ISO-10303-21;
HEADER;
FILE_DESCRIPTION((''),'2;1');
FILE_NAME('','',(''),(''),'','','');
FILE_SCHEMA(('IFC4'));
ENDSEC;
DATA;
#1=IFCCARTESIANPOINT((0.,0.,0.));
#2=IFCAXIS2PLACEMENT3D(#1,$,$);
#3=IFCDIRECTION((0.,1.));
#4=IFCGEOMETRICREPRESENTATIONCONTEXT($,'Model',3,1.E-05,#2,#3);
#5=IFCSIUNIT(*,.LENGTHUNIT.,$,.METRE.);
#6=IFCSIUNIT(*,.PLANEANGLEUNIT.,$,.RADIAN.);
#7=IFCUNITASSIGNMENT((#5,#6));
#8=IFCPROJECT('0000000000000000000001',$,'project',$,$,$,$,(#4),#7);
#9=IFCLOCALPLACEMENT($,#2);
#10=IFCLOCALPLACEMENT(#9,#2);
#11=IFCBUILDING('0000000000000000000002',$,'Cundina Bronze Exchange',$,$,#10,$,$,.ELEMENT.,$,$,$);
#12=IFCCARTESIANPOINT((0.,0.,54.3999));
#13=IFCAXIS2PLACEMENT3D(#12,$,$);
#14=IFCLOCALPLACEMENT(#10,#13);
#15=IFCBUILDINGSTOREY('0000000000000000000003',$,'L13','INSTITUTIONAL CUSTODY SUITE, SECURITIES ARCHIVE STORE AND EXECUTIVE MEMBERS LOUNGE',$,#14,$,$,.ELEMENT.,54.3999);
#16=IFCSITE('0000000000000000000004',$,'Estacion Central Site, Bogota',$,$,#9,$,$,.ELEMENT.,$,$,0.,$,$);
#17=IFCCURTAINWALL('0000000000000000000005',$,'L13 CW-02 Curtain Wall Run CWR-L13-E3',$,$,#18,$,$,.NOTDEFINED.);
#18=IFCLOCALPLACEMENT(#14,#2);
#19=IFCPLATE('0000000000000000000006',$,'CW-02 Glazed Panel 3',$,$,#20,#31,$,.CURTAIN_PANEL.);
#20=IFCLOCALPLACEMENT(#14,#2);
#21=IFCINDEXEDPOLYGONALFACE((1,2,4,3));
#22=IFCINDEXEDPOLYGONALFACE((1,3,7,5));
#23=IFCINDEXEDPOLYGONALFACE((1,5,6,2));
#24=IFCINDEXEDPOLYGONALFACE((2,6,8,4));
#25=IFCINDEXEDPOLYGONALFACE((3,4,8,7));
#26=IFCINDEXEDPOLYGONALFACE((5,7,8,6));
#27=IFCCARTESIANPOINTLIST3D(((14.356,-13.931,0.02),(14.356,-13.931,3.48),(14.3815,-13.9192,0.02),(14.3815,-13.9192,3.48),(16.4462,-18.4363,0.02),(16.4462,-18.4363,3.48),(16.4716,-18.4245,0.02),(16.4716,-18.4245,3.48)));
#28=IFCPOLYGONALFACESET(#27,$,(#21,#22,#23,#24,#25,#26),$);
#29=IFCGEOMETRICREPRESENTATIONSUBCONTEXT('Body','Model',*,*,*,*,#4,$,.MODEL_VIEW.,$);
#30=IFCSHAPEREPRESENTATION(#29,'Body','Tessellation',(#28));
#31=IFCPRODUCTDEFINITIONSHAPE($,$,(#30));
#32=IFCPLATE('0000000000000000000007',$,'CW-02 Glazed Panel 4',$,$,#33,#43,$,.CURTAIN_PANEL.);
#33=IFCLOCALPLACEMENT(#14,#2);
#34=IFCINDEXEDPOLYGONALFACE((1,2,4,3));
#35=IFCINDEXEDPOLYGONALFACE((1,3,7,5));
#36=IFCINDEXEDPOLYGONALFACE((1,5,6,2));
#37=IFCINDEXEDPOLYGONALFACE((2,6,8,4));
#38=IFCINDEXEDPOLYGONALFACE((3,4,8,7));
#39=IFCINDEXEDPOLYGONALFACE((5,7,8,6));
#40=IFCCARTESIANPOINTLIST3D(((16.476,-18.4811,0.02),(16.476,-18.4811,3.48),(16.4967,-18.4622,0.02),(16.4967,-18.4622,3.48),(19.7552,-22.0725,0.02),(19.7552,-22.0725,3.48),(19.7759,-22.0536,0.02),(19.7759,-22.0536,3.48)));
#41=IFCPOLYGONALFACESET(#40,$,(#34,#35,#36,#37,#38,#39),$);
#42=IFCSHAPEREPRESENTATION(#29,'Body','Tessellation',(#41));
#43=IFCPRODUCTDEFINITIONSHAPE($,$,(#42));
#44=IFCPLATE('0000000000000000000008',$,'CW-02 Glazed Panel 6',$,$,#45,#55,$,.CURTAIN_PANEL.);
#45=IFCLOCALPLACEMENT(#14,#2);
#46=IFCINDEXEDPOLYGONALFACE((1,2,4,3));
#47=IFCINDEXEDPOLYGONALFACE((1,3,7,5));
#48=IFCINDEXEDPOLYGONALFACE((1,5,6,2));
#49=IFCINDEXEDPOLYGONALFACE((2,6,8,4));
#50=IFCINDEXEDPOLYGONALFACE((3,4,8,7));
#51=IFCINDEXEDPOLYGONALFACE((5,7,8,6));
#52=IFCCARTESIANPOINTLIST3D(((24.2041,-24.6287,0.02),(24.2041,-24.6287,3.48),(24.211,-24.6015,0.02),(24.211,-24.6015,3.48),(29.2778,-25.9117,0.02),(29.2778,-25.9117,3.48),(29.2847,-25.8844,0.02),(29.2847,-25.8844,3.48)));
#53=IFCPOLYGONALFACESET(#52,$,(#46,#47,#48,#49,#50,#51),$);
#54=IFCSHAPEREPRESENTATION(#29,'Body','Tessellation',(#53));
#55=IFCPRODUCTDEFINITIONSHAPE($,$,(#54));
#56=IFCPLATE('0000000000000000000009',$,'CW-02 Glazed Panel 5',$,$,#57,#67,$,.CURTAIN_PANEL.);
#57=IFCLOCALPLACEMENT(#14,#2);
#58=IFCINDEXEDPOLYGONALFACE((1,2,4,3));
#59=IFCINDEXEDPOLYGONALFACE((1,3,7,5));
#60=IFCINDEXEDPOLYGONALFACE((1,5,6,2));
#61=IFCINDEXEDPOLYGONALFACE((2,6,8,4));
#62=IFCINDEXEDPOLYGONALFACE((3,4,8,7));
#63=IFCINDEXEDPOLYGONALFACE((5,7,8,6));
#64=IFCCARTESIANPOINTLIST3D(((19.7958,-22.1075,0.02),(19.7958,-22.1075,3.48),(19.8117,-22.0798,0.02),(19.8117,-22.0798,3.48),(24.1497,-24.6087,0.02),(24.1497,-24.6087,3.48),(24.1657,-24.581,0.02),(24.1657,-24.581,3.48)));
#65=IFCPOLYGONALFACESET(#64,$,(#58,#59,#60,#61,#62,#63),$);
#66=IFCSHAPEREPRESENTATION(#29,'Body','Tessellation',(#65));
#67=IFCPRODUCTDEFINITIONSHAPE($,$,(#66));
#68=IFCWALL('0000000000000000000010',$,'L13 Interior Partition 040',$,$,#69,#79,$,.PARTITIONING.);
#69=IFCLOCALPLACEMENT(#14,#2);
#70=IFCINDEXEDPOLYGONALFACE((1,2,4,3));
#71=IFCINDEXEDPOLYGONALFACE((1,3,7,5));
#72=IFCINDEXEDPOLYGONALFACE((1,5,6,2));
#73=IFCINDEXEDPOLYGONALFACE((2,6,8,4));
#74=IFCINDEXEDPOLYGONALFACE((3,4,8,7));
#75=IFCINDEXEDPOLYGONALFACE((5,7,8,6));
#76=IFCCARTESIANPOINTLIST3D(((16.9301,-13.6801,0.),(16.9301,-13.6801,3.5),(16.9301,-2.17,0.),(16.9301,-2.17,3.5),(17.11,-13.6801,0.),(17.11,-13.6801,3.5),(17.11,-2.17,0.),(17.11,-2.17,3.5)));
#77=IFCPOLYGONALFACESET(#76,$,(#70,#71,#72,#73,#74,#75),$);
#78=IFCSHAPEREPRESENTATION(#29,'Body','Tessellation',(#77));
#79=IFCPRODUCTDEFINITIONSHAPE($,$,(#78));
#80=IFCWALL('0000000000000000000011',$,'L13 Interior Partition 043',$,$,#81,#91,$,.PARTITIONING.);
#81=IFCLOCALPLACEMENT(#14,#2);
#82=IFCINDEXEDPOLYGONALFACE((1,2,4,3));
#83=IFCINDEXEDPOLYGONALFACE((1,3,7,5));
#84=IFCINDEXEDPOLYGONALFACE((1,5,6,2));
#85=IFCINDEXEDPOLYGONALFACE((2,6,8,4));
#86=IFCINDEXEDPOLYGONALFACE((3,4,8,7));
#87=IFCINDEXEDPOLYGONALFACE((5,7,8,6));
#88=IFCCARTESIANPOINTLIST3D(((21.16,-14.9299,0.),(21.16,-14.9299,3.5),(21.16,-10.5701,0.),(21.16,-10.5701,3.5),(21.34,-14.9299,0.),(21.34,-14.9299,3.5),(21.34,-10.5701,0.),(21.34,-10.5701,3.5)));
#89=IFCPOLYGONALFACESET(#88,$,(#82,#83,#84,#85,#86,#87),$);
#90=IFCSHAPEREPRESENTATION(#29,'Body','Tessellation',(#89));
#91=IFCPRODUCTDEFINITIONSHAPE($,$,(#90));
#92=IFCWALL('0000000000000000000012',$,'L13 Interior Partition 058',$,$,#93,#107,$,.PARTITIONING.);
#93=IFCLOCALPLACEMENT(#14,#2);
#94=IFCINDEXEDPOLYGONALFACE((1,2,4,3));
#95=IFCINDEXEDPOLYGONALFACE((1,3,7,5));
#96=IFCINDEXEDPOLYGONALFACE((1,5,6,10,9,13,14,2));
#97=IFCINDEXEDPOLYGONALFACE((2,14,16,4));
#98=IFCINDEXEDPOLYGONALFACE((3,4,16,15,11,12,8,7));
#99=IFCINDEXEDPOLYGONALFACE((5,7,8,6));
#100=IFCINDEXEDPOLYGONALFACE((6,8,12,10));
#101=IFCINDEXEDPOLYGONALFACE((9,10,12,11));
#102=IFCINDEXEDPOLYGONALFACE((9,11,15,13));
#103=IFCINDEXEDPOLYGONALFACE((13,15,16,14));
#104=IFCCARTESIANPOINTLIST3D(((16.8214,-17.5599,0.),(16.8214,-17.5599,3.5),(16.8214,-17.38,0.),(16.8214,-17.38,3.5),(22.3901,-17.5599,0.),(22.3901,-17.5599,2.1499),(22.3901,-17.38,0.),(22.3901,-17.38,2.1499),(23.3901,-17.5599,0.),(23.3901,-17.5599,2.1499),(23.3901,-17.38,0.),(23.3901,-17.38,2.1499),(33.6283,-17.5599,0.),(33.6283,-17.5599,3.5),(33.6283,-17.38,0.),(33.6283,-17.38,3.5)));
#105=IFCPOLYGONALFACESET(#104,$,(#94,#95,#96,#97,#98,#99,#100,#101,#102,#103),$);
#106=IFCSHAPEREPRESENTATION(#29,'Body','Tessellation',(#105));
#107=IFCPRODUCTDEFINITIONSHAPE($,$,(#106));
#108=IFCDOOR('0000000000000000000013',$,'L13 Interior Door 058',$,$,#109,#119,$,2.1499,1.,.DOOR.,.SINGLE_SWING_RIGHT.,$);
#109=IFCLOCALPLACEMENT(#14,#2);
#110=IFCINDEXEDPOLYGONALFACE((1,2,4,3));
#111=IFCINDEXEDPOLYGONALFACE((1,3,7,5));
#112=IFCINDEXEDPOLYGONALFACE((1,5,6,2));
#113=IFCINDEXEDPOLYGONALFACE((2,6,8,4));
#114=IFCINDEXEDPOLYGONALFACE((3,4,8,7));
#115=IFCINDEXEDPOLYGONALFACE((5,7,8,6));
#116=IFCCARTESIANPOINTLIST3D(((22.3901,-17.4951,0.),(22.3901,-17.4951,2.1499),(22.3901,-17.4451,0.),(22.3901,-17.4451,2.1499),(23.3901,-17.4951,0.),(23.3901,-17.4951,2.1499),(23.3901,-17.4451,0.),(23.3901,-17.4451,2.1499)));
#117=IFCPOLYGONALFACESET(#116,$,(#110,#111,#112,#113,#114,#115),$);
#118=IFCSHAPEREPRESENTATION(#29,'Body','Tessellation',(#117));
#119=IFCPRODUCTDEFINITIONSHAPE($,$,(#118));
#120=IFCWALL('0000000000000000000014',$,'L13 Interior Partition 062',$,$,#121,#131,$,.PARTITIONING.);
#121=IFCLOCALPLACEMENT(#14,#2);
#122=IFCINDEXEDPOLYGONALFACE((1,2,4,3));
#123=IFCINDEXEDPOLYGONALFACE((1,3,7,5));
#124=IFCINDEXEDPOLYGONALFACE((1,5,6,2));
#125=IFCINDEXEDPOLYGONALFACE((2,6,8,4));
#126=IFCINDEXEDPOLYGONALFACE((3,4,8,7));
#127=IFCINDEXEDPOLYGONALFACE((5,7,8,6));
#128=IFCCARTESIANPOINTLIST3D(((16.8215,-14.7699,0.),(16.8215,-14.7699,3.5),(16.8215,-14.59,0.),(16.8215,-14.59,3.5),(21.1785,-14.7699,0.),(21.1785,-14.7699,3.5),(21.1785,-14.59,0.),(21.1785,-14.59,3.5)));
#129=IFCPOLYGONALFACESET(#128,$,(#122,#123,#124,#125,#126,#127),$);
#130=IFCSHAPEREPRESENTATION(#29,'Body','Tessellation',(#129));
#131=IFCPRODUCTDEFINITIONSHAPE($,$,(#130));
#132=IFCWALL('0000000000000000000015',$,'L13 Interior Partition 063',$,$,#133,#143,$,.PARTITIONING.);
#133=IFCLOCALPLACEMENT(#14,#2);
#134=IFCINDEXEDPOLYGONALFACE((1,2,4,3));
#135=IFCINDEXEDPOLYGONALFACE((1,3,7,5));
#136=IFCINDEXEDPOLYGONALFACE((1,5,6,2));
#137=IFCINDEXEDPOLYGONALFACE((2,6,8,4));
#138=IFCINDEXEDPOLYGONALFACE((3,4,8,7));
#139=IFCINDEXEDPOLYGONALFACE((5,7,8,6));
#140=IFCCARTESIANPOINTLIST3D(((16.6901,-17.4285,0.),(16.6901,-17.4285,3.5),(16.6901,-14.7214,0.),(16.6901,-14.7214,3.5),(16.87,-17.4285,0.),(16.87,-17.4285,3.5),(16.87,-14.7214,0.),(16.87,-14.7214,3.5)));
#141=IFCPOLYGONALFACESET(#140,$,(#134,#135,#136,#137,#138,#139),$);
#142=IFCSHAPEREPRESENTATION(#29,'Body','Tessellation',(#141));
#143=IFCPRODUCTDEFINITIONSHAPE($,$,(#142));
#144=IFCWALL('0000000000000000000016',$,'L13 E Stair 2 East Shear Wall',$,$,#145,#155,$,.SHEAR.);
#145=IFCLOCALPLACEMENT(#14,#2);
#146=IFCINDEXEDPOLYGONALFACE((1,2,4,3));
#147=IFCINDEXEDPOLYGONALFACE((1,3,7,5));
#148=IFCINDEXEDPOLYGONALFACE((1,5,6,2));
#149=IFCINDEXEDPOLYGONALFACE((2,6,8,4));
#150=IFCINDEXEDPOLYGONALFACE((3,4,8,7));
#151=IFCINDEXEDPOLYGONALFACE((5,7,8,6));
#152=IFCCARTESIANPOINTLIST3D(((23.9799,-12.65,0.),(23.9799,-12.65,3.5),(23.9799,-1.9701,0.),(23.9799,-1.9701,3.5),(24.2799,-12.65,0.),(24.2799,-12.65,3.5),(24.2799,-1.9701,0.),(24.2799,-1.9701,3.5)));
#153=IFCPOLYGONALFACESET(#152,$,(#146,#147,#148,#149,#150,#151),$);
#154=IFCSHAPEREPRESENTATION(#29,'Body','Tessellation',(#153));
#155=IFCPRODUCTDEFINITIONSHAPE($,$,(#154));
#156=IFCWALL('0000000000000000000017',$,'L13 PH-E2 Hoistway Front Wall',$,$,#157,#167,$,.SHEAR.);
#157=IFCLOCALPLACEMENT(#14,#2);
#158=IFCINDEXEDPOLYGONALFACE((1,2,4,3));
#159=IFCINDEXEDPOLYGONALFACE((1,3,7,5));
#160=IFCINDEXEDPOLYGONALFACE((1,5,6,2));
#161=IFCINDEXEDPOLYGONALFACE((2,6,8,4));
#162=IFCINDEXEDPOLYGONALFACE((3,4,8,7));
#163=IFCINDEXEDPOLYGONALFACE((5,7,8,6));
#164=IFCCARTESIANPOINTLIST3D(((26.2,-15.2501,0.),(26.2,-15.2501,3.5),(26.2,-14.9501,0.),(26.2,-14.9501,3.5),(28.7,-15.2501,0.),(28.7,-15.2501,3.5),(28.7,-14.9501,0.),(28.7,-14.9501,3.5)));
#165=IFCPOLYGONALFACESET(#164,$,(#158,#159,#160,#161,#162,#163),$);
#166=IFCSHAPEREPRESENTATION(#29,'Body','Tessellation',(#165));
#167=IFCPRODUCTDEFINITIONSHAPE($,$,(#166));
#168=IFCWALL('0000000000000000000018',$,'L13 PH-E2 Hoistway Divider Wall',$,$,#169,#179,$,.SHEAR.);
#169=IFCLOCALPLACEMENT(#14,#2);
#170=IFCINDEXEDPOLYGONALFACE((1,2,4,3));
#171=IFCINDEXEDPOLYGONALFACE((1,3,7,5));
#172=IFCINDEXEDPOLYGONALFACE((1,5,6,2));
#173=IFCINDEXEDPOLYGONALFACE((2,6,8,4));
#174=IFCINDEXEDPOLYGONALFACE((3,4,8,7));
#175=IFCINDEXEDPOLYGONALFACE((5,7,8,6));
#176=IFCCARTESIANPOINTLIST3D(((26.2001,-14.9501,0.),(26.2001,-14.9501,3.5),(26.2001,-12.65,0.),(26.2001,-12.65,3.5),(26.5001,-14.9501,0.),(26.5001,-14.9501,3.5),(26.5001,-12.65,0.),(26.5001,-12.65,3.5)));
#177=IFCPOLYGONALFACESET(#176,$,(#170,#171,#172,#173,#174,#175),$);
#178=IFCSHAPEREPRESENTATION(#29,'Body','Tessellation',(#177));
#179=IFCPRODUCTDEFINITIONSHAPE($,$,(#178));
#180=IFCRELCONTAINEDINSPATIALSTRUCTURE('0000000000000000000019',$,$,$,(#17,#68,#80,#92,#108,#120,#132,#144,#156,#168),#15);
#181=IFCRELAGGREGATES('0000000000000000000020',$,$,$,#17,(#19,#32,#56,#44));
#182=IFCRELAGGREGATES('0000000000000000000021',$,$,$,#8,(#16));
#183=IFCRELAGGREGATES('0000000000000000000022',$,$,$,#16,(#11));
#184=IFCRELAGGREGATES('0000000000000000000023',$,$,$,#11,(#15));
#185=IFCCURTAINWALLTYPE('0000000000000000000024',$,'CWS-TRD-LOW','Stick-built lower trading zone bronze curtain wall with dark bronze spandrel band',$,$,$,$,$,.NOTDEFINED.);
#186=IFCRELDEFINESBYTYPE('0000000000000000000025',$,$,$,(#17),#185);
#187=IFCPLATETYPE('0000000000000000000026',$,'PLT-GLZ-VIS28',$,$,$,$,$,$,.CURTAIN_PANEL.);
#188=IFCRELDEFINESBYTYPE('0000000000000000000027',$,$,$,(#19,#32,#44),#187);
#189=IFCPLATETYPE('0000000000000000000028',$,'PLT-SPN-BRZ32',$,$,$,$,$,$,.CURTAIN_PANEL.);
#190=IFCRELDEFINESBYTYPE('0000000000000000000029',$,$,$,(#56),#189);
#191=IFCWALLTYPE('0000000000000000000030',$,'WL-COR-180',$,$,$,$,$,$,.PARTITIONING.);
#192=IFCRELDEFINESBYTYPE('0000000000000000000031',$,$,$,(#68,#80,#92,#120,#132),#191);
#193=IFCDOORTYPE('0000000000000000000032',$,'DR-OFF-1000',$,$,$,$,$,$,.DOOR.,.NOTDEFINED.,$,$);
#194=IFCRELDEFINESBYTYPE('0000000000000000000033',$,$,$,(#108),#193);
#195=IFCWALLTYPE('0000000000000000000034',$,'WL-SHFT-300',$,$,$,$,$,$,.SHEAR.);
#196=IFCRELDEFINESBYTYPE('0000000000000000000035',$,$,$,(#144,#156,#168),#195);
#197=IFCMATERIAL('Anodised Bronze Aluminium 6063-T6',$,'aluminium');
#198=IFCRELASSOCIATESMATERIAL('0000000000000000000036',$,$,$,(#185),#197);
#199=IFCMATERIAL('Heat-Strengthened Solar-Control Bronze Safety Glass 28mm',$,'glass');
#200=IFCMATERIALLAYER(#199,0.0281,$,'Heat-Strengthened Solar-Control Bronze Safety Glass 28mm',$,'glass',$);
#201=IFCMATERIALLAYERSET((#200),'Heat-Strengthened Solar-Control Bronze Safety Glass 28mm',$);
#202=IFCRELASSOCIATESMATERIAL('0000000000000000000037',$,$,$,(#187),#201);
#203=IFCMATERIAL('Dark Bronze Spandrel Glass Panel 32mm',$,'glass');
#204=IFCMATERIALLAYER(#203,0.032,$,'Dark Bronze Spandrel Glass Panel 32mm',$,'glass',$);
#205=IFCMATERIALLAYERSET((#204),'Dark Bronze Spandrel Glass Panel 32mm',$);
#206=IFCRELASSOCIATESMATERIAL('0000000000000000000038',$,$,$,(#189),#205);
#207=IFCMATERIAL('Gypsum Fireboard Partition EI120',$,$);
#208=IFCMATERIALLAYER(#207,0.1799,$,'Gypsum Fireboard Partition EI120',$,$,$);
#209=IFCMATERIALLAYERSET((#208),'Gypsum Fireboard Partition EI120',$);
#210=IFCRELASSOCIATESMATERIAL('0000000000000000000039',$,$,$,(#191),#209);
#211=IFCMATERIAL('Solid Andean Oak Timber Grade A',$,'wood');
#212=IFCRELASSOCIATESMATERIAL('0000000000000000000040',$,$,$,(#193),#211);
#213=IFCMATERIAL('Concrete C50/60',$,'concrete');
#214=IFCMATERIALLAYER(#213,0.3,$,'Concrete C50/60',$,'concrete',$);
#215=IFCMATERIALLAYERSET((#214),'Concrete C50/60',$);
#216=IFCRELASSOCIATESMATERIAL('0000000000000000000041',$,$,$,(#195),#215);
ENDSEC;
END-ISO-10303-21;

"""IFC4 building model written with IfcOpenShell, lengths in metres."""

from ifc_helpers import new_model, si_unit, direction, frame, frame_2d, origin, origin_2d, place, context, subcontext, project, spatial, rectangle, extrude, material, layer, layer_set, type_object, element, fill, aggregate, save


model = new_model("IFC4")

# Units and contexts
model_context = context("Model", 3, precision=1e-05, world=origin(), true_north=direction((0.0, 1.0)))
body_context = subcontext(model_context, "Body", "Model", "MODEL_VIEW")
ifc_project = project(units=[si_unit("LENGTHUNIT", "METRE"), si_unit("PLANEANGLEUNIT", "RADIAN")], contexts=[model_context])

# Site, building, storey
site_placement = place(None, origin())
site = spatial("IfcSite", under=ifc_project, at=site_placement, Name="Estacion Central Site, Bogota", CompositionType="ELEMENT", RefElevation=0.0)
building_placement = place(site_placement, origin())
building = spatial("IfcBuilding", under=site, at=building_placement, Name="Cundina Bronze Exchange", CompositionType="ELEMENT")
storey_placement = place(building_placement, frame((0.0, 0.0, 54.3999)))
storey = spatial("IfcBuildingStorey", under=building, at=storey_placement, Name="L13", Description="INSTITUTIONAL CUSTODY SUITE, SECURITIES ARCHIVE STORE AND EXECUTIVE MEMBERS LOUNGE", CompositionType="ELEMENT", Elevation=54.3999)

# Curtain wall, plates
ifc_material_1 = material(Name="Anodised Bronze Aluminium 6063-T6", Category="aluminium")
curtain_wall_type = type_object("IfcCurtainWallType", Name="CWS-TRD-LOW", Description="Stick-built lower trading zone bronze curtain wall with dark bronze spandrel band", PredefinedType="NOTDEFINED", material=ifc_material_1)
curtain_wall_placement = place(storey_placement, origin())
curtain_wall = element("IfcCurtainWall", 1, at=curtain_wall_placement, inside=storey, type_object=curtain_wall_type, Name="L13 CW-02 Curtain Wall Run CWR-L13-E3", PredefinedType="NOTDEFINED")
ifc_material_2 = material(Name="Heat-Strengthened Solar-Control Bronze Safety Glass 28mm", Category="glass")
ifc_layer_1 = layer(ifc_material_2, 0.0281, Name="Heat-Strengthened Solar-Control Bronze Safety Glass 28mm", Category="glass")
ifc_layer_set_1 = layer_set([ifc_layer_1], Name="Heat-Strengthened Solar-Control Bronze Safety Glass 28mm")
plate_type_1 = type_object("IfcPlateType", Name="PLT-GLZ-VIS28", PredefinedType="CURTAIN_PANEL", material=ifc_layer_set_1)
plate_1_placement = place(storey_placement, frame((15.4138, -16.1777, 0.02), z_axis=(0.0, 0.0, 1.0), x_axis=(0.420846, -0.907132, 0.0)))
plate_1 = element("IfcPlate", 2, at=plate_1_placement, type_object=plate_type_1, Name="CW-02 Glazed Panel 3", PredefinedType="CURTAIN_PANEL", context=body_context, shape_type="SweptSolid", body=[
    extrude(rectangle(XDim=4.9666, YDim=0.0281, at=origin_2d()), origin(), (0.0, 0.0, 1.0), 3.46),
])
plate_2_placement = place(storey_placement, frame((18.126, -20.2673, 0.02), z_axis=(0.0, 0.0, 1.0), x_axis=(0.674277, -0.738479, 0.0)))
plate_2 = element("IfcPlate", 3, at=plate_2_placement, type_object=plate_type_1, Name="CW-02 Glazed Panel 4", PredefinedType="CURTAIN_PANEL", context=body_context, shape_type="SweptSolid", body=[
    extrude(rectangle(XDim=4.8633, YDim=0.0281, at=origin_2d()), origin(), (0.0, 0.0, 1.0), 3.46),
])
plate_3_placement = place(storey_placement, frame((26.7444, -25.2566, 0.02), z_axis=(0.0, 0.0, 1.0), x_axis=(0.969488, -0.245138, 0.0)))
plate_3 = element("IfcPlate", 4, at=plate_3_placement, type_object=plate_type_1, Name="CW-02 Glazed Panel 6", PredefinedType="CURTAIN_PANEL", context=body_context, shape_type="SweptSolid", body=[
    extrude(rectangle(XDim=5.2334, YDim=0.0281, at=origin_2d()), origin(), (0.0, 0.0, 1.0), 3.46),
])
ifc_material_3 = material(Name="Dark Bronze Spandrel Glass Panel 32mm", Category="glass")
ifc_layer_2 = layer(ifc_material_3, 0.032, Name="Dark Bronze Spandrel Glass Panel 32mm", Category="glass")
ifc_layer_set_2 = layer_set([ifc_layer_2], Name="Dark Bronze Spandrel Glass Panel 32mm")
plate_type_2 = type_object("IfcPlateType", Name="PLT-SPN-BRZ32", PredefinedType="CURTAIN_PANEL", material=ifc_layer_set_2)
plate_4_placement = place(storey_placement, frame((21.9807, -23.3442, 0.02), z_axis=(0.0, 0.0, 1.0), x_axis=(0.867105, -0.498125, 0.0)))
plate_4 = element("IfcPlate", 5, at=plate_4_placement, type_object=plate_type_2, Name="CW-02 Glazed Panel 5", PredefinedType="CURTAIN_PANEL", context=body_context, shape_type="SweptSolid", body=[
    extrude(rectangle(XDim=5.0212, YDim=0.032, at=origin_2d()), origin(), (0.0, 0.0, 1.0), 3.46),
])
aggregate(curtain_wall, [plate_1, plate_2, plate_4, plate_3])

# Walls
ifc_material_4 = material(Name="Gypsum Fireboard Partition EI120")
ifc_layer_3 = layer(ifc_material_4, 0.1799, Name="Gypsum Fireboard Partition EI120")
ifc_layer_set_3 = layer_set([ifc_layer_3], Name="Gypsum Fireboard Partition EI120")
wall_type_1 = type_object("IfcWallType", Name="WL-COR-180", PredefinedType="PARTITIONING", material=ifc_layer_set_3)
wall_1_placement = place(storey_placement, frame((17.02, -13.6799, 0.0), z_axis=(0.0, 0.0, 1.0), x_axis=(0.0, 1.0, 0.0)))
element("IfcWall", 6, at=wall_1_placement, inside=storey, type_object=wall_type_1, Name="L13 Interior Partition 040", PredefinedType="PARTITIONING", context=body_context, shape_type="SweptSolid", body=[
    extrude(rectangle(XDim=11.51, YDim=0.1799, at=frame_2d((5.7549, 0.0))), origin(), (0.0, 0.0, 1.0), 3.5),
])
wall_2_placement = place(storey_placement, frame((21.25, -14.9299, 0.0), z_axis=(0.0, 0.0, 1.0), x_axis=(0.0, 1.0, 0.0)))
element("IfcWall", 7, at=wall_2_placement, inside=storey, type_object=wall_type_1, Name="L13 Interior Partition 043", PredefinedType="PARTITIONING", context=body_context, shape_type="SweptSolid", body=[
    extrude(rectangle(XDim=4.3599, YDim=0.1799, at=frame_2d((2.1799, 0.0))), origin(), (0.0, 0.0, 1.0), 3.5),
])

# Wall, opening, door
wall_3_placement = place(storey_placement, frame((16.8215, -17.47, 0.0), z_axis=(0.0, 0.0, 1.0), x_axis=(1.0, 0.0, 0.0)))
wall_3 = element("IfcWall", 8, at=wall_3_placement, inside=storey, type_object=wall_type_1, Name="L13 Interior Partition 058", PredefinedType="PARTITIONING", context=body_context, shape_type="SweptSolid", body=[
    extrude(rectangle(XDim=16.8069, YDim=0.1799, at=frame_2d((8.4033, 0.0))), origin(), (0.0, 0.0, 1.0), 3.5),
])
opening_placement = place(wall_3_placement, frame((5.5686, 0.0, 0.0)))
opening = element("IfcOpeningElement", 9, at=opening_placement, cuts=wall_3, PredefinedType="OPENING", context=body_context, shape_type="SweptSolid", body=[
    extrude(rectangle(XDim=1.0, YDim=2.1499, at=frame_2d((0.5, 1.075))), frame((0.0, 0.0999, 0.0), z_axis=(0.0, -1.0, 0.0), x_axis=(1.0, 0.0, 0.0)), (0.0, 0.0, 1.0), 0.2),
])
ifc_material_5 = material(Name="Solid Andean Oak Timber Grade A", Category="wood")
door_type = type_object("IfcDoorType", Name="DR-OFF-1000", OperationType="NOTDEFINED", PredefinedType="DOOR", material=ifc_material_5)
door_placement = place(opening_placement, origin())
door = element("IfcDoor", 10, at=door_placement, inside=storey, type_object=door_type, Name="L13 Interior Door 058", OperationType="SINGLE_SWING_RIGHT", OverallHeight=2.1499, OverallWidth=1.0, PredefinedType="DOOR", context=body_context, shape_type="SweptSolid", body=[
    extrude(rectangle(XDim=1.0, YDim=2.1499, at=frame_2d((0.5, 1.075))), frame((0.0, 0.0249, 0.0), z_axis=(0.0, -1.0, 0.0), x_axis=(1.0, 0.0, 0.0)), (0.0, 0.0, 1.0), 0.05),
])
fill(opening, door)

# Walls
wall_4_placement = place(storey_placement, frame((21.1785, -14.6799, 0.0), z_axis=(0.0, 0.0, 1.0), x_axis=(-1.0, 0.0, 0.0)))
element("IfcWall", 11, at=wall_4_placement, inside=storey, type_object=wall_type_1, Name="L13 Interior Partition 062", PredefinedType="PARTITIONING", context=body_context, shape_type="SweptSolid", body=[
    extrude(rectangle(XDim=4.3569, YDim=0.1799, at=frame_2d((2.1785, 0.0))), origin(), (0.0, 0.0, 1.0), 3.5),
])
wall_5_placement = place(storey_placement, frame((16.78, -14.7214, 0.0), z_axis=(0.0, 0.0, 1.0), x_axis=(0.0, -1.0, 0.0)))
element("IfcWall", 12, at=wall_5_placement, inside=storey, type_object=wall_type_1, Name="L13 Interior Partition 063", PredefinedType="PARTITIONING", context=body_context, shape_type="SweptSolid", body=[
    extrude(rectangle(XDim=2.707, YDim=0.1799, at=frame_2d((1.3535, 0.0))), origin(), (0.0, 0.0, 1.0), 3.5),
])
ifc_material_6 = material(Name="Concrete C50/60", Category="concrete")
ifc_layer_4 = layer(ifc_material_6, 0.3, Name="Concrete C50/60", Category="concrete")
ifc_layer_set_4 = layer_set([ifc_layer_4], Name="Concrete C50/60")
wall_type_2 = type_object("IfcWallType", Name="WL-SHFT-300", PredefinedType="SHEAR", material=ifc_layer_set_4)
wall_6_placement = place(storey_placement, frame((24.1299, -12.6499, 0.0), z_axis=(0.0, 0.0, 1.0), x_axis=(0.0, 1.0, 0.0)))
element("IfcWall", 13, at=wall_6_placement, inside=storey, type_object=wall_type_2, Name="L13 E Stair 2 East Shear Wall", PredefinedType="SHEAR", context=body_context, shape_type="SweptSolid", body=[
    extrude(rectangle(XDim=10.6799, YDim=0.3, at=frame_2d((5.3398, 0.0))), origin(), (0.0, 0.0, 1.0), 3.5),
])
wall_7_placement = place(storey_placement, frame((26.2, -15.1001, 0.0), z_axis=(0.0, 0.0, 1.0), x_axis=(1.0, 0.0, 0.0)))
element("IfcWall", 14, at=wall_7_placement, inside=storey, type_object=wall_type_2, Name="L13 PH-E2 Hoistway Front Wall", PredefinedType="SHEAR", context=body_context, shape_type="SweptSolid", body=[
    extrude(rectangle(XDim=2.5, YDim=0.3, at=frame_2d((1.25, 0.0))), origin(), (0.0, 0.0, 1.0), 3.5),
])
wall_8_placement = place(storey_placement, frame((26.3501, -14.95, 0.0), z_axis=(0.0, 0.0, 1.0), x_axis=(0.0, 1.0, 0.0)))
element("IfcWall", 15, at=wall_8_placement, inside=storey, type_object=wall_type_2, Name="L13 PH-E2 Hoistway Divider Wall", PredefinedType="SHEAR", context=body_context, shape_type="SweptSolid", body=[
    extrude(rectangle(XDim=2.3, YDim=0.3, at=frame_2d((1.1499, 0.0))), origin(), (0.0, 0.0, 1.0), 3.5),
])

save(model, "model.ifc")
